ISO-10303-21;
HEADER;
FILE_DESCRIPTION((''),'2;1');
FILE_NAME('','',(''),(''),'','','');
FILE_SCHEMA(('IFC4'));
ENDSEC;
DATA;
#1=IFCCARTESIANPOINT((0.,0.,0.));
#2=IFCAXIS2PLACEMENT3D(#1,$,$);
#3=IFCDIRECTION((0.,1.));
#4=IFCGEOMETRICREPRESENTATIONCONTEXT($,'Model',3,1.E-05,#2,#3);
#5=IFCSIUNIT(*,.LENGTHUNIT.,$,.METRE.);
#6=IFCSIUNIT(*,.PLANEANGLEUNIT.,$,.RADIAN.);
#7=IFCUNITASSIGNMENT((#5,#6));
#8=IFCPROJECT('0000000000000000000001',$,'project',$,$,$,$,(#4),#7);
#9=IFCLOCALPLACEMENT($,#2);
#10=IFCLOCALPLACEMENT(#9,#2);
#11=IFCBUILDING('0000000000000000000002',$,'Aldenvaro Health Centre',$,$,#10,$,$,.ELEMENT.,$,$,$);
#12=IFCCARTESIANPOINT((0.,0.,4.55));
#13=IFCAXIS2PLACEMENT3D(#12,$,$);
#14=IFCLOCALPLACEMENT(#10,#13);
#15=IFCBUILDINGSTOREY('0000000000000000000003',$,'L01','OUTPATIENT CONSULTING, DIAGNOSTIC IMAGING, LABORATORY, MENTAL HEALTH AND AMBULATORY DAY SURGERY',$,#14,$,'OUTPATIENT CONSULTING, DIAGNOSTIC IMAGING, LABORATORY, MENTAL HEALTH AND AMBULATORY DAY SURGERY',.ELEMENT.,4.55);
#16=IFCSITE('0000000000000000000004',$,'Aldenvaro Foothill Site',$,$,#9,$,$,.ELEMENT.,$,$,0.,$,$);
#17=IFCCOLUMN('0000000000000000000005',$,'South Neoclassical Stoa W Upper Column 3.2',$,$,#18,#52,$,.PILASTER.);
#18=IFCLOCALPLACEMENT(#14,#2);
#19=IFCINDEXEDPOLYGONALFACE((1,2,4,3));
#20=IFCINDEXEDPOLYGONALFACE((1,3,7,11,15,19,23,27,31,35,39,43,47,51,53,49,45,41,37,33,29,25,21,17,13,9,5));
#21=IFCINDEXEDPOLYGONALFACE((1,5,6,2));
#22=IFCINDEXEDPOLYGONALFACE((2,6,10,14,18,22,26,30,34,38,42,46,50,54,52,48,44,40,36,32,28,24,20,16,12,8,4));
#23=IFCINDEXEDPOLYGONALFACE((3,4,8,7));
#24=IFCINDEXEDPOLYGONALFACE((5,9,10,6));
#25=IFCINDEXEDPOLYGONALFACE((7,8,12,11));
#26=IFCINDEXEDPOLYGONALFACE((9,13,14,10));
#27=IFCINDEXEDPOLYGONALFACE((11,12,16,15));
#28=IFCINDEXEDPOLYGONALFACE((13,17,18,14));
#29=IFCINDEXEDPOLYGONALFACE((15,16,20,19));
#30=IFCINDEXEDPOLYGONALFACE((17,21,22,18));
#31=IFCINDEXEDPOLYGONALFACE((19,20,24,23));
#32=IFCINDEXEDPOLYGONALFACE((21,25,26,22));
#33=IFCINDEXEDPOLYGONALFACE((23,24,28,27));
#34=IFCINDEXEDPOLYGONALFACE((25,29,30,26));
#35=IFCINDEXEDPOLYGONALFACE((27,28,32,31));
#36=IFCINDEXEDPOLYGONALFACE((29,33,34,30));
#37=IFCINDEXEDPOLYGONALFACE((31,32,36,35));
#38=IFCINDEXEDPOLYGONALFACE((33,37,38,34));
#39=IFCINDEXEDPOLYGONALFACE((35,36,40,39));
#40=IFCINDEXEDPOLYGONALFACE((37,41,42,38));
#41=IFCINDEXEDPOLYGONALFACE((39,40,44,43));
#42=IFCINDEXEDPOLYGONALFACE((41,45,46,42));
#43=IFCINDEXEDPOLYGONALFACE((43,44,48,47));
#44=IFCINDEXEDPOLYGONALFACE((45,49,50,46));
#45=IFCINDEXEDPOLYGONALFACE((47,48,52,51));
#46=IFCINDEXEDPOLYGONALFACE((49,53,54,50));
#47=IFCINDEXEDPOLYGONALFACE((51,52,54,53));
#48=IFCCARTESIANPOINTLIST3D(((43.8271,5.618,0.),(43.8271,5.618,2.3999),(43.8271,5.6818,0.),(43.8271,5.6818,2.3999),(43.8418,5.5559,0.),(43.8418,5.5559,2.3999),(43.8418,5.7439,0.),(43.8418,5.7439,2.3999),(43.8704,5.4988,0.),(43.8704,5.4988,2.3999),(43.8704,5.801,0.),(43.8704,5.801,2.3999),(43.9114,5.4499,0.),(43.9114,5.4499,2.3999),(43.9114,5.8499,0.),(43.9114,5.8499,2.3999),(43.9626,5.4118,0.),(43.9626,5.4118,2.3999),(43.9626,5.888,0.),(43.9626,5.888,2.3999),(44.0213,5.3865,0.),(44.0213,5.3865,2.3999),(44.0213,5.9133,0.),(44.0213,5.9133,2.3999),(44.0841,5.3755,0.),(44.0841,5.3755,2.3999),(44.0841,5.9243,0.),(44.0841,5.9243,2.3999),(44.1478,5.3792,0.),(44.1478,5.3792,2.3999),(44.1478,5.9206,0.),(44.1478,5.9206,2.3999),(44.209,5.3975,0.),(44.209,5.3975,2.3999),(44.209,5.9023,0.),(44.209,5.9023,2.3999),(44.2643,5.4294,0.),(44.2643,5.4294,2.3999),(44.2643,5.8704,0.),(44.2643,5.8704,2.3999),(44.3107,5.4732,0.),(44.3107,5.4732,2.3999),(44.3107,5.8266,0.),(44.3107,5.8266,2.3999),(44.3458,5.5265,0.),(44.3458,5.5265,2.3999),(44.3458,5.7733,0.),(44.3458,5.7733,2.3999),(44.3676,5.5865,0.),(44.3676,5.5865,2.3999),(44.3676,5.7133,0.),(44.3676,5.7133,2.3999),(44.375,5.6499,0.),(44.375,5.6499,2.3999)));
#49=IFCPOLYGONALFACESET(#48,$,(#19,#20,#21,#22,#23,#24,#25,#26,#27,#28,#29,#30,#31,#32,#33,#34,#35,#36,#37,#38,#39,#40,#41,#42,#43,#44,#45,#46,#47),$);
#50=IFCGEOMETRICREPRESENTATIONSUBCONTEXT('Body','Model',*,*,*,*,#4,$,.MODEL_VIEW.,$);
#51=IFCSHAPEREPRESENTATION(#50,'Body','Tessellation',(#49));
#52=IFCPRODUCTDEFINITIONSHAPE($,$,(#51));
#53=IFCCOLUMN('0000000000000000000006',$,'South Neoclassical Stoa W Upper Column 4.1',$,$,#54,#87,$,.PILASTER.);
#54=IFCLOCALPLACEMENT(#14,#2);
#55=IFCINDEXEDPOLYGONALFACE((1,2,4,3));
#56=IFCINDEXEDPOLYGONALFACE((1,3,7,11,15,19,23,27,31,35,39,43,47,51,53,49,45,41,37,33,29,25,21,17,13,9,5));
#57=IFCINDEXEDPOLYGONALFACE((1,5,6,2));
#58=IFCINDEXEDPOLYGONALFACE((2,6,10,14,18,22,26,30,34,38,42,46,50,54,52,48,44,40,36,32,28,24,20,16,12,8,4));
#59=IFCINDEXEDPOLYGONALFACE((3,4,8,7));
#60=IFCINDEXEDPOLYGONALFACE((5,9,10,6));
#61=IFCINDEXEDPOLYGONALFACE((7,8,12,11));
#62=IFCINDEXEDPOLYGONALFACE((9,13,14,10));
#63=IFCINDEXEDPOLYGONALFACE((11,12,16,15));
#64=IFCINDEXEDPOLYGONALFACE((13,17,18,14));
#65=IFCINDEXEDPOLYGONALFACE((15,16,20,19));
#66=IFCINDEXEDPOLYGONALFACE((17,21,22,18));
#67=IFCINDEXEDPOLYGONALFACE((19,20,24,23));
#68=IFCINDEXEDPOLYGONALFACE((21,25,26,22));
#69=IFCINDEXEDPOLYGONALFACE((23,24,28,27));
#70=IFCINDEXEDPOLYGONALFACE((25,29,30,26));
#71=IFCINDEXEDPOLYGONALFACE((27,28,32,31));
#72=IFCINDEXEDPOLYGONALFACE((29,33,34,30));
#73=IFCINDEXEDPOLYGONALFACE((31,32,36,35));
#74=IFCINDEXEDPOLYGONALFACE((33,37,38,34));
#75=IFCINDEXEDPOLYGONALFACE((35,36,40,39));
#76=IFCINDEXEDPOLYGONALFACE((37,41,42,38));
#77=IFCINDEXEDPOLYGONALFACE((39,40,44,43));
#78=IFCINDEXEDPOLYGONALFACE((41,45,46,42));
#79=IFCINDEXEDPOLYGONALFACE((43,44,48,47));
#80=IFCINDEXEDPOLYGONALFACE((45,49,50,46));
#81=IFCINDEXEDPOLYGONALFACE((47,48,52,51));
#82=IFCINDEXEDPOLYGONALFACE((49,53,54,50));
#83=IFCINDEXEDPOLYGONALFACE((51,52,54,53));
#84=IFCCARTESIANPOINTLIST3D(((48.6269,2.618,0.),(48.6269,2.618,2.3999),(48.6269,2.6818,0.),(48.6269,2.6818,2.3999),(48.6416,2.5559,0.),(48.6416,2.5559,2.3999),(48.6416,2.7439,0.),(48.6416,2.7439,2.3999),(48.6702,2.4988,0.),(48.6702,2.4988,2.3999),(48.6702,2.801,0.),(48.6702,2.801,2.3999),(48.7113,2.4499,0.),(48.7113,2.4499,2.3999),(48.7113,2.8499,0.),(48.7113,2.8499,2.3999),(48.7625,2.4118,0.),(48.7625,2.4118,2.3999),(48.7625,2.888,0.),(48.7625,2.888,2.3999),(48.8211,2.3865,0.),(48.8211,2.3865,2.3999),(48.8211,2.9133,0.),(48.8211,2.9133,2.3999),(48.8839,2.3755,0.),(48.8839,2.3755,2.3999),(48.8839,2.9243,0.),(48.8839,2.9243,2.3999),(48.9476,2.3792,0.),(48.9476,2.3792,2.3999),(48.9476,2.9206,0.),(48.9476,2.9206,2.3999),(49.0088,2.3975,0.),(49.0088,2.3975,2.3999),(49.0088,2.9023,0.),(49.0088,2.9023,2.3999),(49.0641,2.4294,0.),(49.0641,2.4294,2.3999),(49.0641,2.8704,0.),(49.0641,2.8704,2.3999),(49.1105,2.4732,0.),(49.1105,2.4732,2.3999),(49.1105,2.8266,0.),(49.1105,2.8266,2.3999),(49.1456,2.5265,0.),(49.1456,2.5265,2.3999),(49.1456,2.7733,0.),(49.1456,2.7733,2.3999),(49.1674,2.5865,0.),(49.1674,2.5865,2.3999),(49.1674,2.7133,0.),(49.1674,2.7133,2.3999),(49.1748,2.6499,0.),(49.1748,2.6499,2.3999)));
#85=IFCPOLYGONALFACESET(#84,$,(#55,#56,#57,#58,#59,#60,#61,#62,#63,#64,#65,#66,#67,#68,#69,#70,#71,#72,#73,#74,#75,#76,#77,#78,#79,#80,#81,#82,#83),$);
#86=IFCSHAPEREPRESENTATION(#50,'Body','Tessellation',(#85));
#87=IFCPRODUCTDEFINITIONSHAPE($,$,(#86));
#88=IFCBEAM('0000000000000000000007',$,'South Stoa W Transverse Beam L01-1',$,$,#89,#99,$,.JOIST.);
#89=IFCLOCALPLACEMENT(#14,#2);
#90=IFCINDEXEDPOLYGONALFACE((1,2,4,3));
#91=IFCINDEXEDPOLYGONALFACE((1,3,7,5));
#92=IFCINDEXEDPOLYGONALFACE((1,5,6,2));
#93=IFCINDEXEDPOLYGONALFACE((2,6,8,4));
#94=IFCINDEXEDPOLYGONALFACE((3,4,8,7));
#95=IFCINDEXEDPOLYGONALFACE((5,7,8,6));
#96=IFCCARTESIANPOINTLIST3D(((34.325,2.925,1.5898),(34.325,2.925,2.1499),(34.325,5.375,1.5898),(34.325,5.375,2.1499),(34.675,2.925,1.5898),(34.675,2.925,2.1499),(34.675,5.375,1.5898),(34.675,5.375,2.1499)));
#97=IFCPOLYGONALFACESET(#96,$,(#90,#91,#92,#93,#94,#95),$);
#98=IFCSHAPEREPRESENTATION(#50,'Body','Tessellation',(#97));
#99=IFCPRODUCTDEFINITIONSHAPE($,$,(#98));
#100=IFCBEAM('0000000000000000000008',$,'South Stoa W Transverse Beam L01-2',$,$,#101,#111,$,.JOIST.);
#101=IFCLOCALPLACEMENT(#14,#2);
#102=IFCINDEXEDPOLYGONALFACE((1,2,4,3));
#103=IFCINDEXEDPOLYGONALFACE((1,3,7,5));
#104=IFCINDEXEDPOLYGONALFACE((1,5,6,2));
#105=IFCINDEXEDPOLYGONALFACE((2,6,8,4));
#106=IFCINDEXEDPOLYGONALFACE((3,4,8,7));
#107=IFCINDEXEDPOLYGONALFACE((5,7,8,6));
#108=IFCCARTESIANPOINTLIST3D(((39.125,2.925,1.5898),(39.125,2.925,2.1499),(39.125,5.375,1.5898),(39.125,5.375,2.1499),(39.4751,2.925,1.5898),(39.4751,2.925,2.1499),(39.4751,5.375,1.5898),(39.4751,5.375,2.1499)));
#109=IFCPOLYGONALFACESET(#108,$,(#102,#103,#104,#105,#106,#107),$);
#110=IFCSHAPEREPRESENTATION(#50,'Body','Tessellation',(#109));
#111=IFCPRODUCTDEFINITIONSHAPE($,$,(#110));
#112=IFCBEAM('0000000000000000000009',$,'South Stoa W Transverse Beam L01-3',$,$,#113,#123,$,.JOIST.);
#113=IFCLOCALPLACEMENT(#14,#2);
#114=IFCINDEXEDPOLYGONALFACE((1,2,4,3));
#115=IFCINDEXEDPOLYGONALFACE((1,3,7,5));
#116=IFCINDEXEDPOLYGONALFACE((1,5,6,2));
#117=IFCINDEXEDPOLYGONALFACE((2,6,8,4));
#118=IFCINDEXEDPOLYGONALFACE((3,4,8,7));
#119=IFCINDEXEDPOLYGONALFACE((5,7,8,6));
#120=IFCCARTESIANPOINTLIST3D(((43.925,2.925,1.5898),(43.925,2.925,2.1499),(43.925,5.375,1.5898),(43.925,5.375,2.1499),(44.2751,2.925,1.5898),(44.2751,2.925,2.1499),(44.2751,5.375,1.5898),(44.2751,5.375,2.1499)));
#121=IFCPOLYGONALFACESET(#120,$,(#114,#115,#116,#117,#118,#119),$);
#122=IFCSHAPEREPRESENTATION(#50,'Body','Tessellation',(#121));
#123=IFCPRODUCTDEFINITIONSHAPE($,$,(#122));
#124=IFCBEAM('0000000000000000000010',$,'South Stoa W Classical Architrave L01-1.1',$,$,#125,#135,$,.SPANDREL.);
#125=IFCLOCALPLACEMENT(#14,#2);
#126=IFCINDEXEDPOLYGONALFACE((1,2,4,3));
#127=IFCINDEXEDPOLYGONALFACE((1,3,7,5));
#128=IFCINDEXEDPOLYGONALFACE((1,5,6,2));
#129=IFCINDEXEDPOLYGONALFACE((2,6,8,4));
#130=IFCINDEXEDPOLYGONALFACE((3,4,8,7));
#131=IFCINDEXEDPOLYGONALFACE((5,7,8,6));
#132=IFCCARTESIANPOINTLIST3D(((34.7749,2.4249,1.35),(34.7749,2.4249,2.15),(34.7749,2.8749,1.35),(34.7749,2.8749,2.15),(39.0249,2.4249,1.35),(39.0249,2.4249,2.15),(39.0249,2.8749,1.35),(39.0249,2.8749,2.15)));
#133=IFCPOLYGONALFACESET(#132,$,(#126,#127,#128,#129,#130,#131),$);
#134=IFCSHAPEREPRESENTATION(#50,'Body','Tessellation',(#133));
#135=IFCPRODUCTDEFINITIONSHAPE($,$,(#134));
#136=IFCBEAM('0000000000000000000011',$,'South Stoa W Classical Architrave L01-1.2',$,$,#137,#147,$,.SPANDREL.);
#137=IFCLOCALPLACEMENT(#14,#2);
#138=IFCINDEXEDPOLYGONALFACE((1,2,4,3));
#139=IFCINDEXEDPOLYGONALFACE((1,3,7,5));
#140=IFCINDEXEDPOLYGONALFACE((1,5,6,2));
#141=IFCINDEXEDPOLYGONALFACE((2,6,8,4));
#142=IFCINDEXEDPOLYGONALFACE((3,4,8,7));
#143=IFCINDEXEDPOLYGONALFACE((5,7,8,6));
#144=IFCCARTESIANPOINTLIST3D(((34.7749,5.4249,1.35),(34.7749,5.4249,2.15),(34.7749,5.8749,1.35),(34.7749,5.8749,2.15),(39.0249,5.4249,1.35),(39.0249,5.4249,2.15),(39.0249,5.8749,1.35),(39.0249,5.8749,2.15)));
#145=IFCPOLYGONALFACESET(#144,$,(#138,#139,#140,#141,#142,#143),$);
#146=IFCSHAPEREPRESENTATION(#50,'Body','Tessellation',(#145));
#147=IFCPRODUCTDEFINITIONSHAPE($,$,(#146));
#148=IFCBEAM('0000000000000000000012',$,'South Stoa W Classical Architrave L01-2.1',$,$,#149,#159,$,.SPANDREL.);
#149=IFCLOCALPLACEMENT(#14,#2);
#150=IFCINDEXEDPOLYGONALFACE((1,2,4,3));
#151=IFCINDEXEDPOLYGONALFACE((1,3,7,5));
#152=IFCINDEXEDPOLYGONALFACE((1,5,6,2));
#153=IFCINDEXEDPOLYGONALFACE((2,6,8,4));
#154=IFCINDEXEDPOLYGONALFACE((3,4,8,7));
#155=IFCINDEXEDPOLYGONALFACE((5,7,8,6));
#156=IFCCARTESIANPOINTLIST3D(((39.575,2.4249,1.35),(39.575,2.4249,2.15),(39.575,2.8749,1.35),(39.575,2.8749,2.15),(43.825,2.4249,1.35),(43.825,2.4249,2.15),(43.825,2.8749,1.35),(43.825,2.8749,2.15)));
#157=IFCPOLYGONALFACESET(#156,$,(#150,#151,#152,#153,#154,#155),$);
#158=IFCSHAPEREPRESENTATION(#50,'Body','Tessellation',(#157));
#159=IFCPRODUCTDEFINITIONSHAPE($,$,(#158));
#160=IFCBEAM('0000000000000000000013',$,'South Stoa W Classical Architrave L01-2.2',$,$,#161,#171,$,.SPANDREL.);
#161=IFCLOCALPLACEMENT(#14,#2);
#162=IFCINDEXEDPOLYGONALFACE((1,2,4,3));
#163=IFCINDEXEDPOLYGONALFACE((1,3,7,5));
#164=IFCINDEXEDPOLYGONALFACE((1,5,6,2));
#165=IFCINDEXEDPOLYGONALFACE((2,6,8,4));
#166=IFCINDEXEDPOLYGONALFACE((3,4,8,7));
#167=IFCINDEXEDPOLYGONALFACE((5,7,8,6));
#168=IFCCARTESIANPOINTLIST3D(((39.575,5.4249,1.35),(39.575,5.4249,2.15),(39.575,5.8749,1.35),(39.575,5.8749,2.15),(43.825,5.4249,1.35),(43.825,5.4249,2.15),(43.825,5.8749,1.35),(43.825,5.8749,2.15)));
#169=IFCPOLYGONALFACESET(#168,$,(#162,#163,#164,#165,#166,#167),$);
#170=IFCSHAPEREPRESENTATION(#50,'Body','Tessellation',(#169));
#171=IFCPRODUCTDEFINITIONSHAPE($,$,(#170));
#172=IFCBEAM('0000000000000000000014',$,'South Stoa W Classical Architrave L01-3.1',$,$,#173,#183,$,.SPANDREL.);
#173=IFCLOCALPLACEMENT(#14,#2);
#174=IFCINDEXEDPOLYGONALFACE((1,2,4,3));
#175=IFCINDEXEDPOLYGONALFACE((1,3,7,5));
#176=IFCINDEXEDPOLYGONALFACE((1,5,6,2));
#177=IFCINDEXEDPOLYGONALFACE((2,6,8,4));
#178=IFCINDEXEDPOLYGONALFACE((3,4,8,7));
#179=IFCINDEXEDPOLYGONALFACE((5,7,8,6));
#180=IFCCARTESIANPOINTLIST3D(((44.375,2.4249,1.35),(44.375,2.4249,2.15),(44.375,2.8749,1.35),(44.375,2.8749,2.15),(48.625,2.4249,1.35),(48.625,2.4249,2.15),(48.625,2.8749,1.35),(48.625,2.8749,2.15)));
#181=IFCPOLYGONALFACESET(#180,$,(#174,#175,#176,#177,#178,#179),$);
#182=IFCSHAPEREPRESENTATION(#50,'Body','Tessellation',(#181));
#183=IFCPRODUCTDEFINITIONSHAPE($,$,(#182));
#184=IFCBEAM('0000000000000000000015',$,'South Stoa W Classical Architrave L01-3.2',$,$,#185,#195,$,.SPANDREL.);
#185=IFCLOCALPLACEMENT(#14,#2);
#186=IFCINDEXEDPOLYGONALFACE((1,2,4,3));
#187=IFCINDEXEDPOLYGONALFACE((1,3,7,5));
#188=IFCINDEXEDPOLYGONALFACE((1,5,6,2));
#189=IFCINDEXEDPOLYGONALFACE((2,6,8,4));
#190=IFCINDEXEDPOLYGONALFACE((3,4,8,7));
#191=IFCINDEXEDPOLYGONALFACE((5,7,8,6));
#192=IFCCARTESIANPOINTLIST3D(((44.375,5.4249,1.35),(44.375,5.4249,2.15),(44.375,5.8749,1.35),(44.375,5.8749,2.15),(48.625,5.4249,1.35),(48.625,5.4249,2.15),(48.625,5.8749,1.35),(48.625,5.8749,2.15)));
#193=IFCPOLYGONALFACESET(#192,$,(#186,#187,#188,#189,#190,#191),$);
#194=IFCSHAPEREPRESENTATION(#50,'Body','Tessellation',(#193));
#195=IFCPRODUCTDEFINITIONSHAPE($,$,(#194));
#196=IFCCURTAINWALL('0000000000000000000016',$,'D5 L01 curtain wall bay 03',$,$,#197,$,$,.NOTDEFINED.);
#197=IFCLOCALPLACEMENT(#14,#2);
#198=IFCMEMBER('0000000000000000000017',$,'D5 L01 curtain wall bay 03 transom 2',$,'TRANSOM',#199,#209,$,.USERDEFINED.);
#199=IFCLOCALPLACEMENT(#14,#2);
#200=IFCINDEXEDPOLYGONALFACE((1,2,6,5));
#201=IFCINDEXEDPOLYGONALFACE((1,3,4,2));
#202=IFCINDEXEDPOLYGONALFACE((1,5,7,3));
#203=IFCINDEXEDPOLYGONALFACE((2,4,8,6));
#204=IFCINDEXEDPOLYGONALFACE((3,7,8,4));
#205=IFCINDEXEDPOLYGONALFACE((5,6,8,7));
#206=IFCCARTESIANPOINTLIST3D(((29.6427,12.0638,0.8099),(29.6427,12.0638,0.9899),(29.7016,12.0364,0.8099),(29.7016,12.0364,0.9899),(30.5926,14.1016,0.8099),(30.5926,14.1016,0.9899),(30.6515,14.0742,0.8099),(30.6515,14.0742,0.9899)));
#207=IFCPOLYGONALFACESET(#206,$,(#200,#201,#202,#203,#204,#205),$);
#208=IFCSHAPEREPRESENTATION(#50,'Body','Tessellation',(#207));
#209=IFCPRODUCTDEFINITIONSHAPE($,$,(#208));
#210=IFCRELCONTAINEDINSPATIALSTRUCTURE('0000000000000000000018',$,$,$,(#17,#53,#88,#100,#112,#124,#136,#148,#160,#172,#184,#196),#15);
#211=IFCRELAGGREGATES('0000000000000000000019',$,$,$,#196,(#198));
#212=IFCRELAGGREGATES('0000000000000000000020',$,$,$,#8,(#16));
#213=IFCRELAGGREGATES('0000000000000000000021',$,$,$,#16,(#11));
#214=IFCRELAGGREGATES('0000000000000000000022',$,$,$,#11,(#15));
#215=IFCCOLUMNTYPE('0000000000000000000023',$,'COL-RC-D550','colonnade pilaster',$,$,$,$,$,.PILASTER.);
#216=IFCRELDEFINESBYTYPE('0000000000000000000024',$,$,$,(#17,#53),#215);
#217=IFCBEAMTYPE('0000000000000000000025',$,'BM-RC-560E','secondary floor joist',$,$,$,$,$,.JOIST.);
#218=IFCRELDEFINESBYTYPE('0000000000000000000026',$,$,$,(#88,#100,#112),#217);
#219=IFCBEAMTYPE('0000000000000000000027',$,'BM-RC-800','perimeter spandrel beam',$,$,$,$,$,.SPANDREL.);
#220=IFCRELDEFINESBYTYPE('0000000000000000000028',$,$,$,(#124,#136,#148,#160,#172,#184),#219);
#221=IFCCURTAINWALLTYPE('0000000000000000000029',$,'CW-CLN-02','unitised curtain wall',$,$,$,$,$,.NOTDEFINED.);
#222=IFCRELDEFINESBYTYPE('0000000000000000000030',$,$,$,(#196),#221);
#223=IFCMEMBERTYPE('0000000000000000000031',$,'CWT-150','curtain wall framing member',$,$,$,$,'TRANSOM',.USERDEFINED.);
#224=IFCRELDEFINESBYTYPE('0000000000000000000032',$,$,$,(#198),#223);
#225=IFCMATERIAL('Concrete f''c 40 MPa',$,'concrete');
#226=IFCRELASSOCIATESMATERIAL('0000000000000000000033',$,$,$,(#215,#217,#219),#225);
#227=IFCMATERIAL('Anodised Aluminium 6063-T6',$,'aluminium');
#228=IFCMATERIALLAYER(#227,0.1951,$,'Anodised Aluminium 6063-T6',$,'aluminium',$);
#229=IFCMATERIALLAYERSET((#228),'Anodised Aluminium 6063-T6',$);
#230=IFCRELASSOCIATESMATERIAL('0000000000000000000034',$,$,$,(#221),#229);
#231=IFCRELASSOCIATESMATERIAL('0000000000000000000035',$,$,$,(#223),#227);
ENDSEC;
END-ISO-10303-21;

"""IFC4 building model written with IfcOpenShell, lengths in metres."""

from ifc_helpers import new_model, si_unit, direction, frame, origin, origin_2d, place, context, subcontext, project, spatial, rectangle, circle, extrude, material, layer, layer_set, material_profile, profile_set, type_object, element, aggregate, save


model = new_model("IFC4")

# Units and contexts
model_context = context("Model", 3, precision=1e-05, world=origin(), true_north=direction((0.0, 1.0)))
body_context = subcontext(model_context, "Body", "Model", "MODEL_VIEW")
ifc_project = project(units=[si_unit("LENGTHUNIT", "METRE"), si_unit("PLANEANGLEUNIT", "RADIAN")], contexts=[model_context])

# Site, building, storey
site_placement = place(None, origin())
site = spatial("IfcSite", under=ifc_project, at=site_placement, Name="Aldenvaro Foothill Site", CompositionType="ELEMENT", RefElevation=0.0)
building_placement = place(site_placement, origin())
building = spatial("IfcBuilding", under=site, at=building_placement, Name="Aldenvaro Health Centre", CompositionType="ELEMENT")
storey_placement = place(building_placement, frame((0.0, 0.0, 4.55)))
storey = spatial("IfcBuildingStorey", under=building, at=storey_placement, Name="L01", Description="OUTPATIENT CONSULTING, DIAGNOSTIC IMAGING, LABORATORY, MENTAL HEALTH AND AMBULATORY DAY SURGERY", LongName="OUTPATIENT CONSULTING, DIAGNOSTIC IMAGING, LABORATORY, MENTAL HEALTH AND AMBULATORY DAY SURGERY", CompositionType="ELEMENT", Elevation=4.55)

# Columns
ifc_material_1 = material(Name="Concrete f'c 40 MPa", Category="concrete")
ifc_material_profile_1 = material_profile(ifc_material_1, circle(Radius=0.2749, at=origin_2d()), Name="RC D550", Category="concrete")
ifc_profile_set_1 = profile_set([ifc_material_profile_1], Name="Concrete f'c 40 MPa")
column_type = type_object("IfcColumnType", Name="COL-RC-D550", Description="colonnade pilaster", PredefinedType="PILASTER", material=ifc_profile_set_1)
for number, where, z_axis, x_axis, name in (
    (1, (44.1001, 5.6499, 0.0), (0.0, 0.0, 1.0), (1.0, 0.0, 0.0), "South Neoclassical Stoa W Upper Column 3.2"),
    (2, (48.8999, 2.6499, 0.0), (0.0, 0.0, 1.0), (1.0, 0.0, 0.0), "South Neoclassical Stoa W Upper Column 4.1"),
):
    element("IfcColumn", number, at=place(storey_placement, frame(where, z_axis=z_axis, x_axis=x_axis)), inside=storey, type_object=column_type, Name=name, PredefinedType="PILASTER", context=body_context, shape_type="SweptSolid", body=[
        extrude(circle(Radius=0.2749, at=origin_2d()), origin(), (0.0, 0.0, 1.0), 2.3999),
    ])

# Beams
ifc_material_profile_2 = material_profile(ifc_material_1, rectangle(XDim=0.3501, YDim=0.5601, at=origin_2d()), Name="RC 350x560", Category="concrete")
ifc_profile_set_2 = profile_set([ifc_material_profile_2], Name="Concrete f'c 40 MPa")
beam_type_1 = type_object("IfcBeamType", Name="BM-RC-560E", Description="secondary floor joist", PredefinedType="JOIST", material=ifc_profile_set_2)
for number, where, z_axis, x_axis, name in (
    (3, (34.5, 2.925, 1.8699), (0.0, 1.0, 0.0), (-1.0, 0.0, 0.0), "South Stoa W Transverse Beam L01-1"),
    (4, (39.3, 2.925, 1.8699), (0.0, 1.0, 0.0), (-1.0, 0.0, 0.0), "South Stoa W Transverse Beam L01-2"),
    (5, (44.1001, 2.925, 1.8699), (0.0, 1.0, 0.0), (-1.0, 0.0, 0.0), "South Stoa W Transverse Beam L01-3"),
):
    element("IfcBeam", number, at=place(storey_placement, frame(where, z_axis=z_axis, x_axis=x_axis)), inside=storey, type_object=beam_type_1, Name=name, PredefinedType="JOIST", context=body_context, shape_type="SweptSolid", body=[
        extrude(rectangle(XDim=0.3501, YDim=0.5601, at=origin_2d()), origin(), (0.0, 0.0, 1.0), 2.45),
    ])
ifc_material_profile_3 = material_profile(ifc_material_1, rectangle(XDim=0.45, YDim=0.8, at=origin_2d()), Name="RC 450x800", Category="concrete")
ifc_profile_set_3 = profile_set([ifc_material_profile_3], Name="Concrete f'c 40 MPa")
beam_type_2 = type_object("IfcBeamType", Name="BM-RC-800", Description="perimeter spandrel beam", PredefinedType="SPANDREL", material=ifc_profile_set_3)
for number, where, z_axis, x_axis, name in (
    (6, (34.7749, 2.6499, 1.75), (1.0, 0.0, 0.0), (0.0, 1.0, 0.0), "South Stoa W Classical Architrave L01-1.1"),
    (7, (34.7749, 5.6499, 1.75), (1.0, 0.0, 0.0), (0.0, 1.0, 0.0), "South Stoa W Classical Architrave L01-1.2"),
    (8, (39.575, 2.6499, 1.75), (1.0, 0.0, 0.0), (0.0, 1.0, 0.0), "South Stoa W Classical Architrave L01-2.1"),
    (9, (39.575, 5.6499, 1.75), (1.0, 0.0, 0.0), (0.0, 1.0, 0.0), "South Stoa W Classical Architrave L01-2.2"),
    (10, (44.375, 2.6499, 1.75), (1.0, 0.0, 0.0), (0.0, 1.0, 0.0), "South Stoa W Classical Architrave L01-3.1"),
    (11, (44.375, 5.6499, 1.75), (1.0, 0.0, 0.0), (0.0, 1.0, 0.0), "South Stoa W Classical Architrave L01-3.2"),
):
    element("IfcBeam", number, at=place(storey_placement, frame(where, z_axis=z_axis, x_axis=x_axis)), inside=storey, type_object=beam_type_2, Name=name, PredefinedType="SPANDREL", context=body_context, shape_type="SweptSolid", body=[
        extrude(rectangle(XDim=0.45, YDim=0.8, at=origin_2d()), origin(), (0.0, 0.0, 1.0), 4.25),
    ])

# Curtain wall, member
ifc_material_2 = material(Name="Anodised Aluminium 6063-T6", Category="aluminium")
ifc_layer_1 = layer(ifc_material_2, 0.1951, Name="Anodised Aluminium 6063-T6", Category="aluminium")
ifc_layer_set_1 = layer_set([ifc_layer_1], Name="Anodised Aluminium 6063-T6")
curtain_wall_type = type_object("IfcCurtainWallType", Name="CW-CLN-02", Description="unitised curtain wall", PredefinedType="NOTDEFINED", material=ifc_layer_set_1)
curtain_wall_placement = place(storey_placement, origin())
curtain_wall = element("IfcCurtainWall", 12, at=curtain_wall_placement, inside=storey, type_object=curtain_wall_type, Name="D5 L01 curtain wall bay 03", PredefinedType="NOTDEFINED")
ifc_material_profile_4 = material_profile(ifc_material_2, rectangle(XDim=0.0649, YDim=0.1799, at=origin_2d()), Name="ALU 65x180", Category="aluminium")
ifc_profile_set_4 = profile_set([ifc_material_profile_4], Name="Anodised Aluminium 6063-T6")
member_type_1 = type_object("IfcMemberType", Name="CWT-150", Description="curtain wall framing member", ElementType="TRANSOM", PredefinedType="USERDEFINED", material=ifc_profile_set_4)
member_1_placement = place(storey_placement, frame((30.6221, 14.0879, 0.8999), z_axis=(-0.422505, -0.906361, 0.0), x_axis=(0.906361, -0.422505, 0.0)))
member_1 = element("IfcMember", 13, at=member_1_placement, type_object=member_type_1, Name="D5 L01 curtain wall bay 03 transom 2", ObjectType="TRANSOM", PredefinedType="USERDEFINED", context=body_context, shape_type="SweptSolid", body=[
    extrude(rectangle(XDim=0.0649, YDim=0.1799, at=origin_2d()), origin(), (0.0, 0.0, 1.0), 2.2483),
])
aggregate(curtain_wall, [member_1])

save(model, "model.ifc")
